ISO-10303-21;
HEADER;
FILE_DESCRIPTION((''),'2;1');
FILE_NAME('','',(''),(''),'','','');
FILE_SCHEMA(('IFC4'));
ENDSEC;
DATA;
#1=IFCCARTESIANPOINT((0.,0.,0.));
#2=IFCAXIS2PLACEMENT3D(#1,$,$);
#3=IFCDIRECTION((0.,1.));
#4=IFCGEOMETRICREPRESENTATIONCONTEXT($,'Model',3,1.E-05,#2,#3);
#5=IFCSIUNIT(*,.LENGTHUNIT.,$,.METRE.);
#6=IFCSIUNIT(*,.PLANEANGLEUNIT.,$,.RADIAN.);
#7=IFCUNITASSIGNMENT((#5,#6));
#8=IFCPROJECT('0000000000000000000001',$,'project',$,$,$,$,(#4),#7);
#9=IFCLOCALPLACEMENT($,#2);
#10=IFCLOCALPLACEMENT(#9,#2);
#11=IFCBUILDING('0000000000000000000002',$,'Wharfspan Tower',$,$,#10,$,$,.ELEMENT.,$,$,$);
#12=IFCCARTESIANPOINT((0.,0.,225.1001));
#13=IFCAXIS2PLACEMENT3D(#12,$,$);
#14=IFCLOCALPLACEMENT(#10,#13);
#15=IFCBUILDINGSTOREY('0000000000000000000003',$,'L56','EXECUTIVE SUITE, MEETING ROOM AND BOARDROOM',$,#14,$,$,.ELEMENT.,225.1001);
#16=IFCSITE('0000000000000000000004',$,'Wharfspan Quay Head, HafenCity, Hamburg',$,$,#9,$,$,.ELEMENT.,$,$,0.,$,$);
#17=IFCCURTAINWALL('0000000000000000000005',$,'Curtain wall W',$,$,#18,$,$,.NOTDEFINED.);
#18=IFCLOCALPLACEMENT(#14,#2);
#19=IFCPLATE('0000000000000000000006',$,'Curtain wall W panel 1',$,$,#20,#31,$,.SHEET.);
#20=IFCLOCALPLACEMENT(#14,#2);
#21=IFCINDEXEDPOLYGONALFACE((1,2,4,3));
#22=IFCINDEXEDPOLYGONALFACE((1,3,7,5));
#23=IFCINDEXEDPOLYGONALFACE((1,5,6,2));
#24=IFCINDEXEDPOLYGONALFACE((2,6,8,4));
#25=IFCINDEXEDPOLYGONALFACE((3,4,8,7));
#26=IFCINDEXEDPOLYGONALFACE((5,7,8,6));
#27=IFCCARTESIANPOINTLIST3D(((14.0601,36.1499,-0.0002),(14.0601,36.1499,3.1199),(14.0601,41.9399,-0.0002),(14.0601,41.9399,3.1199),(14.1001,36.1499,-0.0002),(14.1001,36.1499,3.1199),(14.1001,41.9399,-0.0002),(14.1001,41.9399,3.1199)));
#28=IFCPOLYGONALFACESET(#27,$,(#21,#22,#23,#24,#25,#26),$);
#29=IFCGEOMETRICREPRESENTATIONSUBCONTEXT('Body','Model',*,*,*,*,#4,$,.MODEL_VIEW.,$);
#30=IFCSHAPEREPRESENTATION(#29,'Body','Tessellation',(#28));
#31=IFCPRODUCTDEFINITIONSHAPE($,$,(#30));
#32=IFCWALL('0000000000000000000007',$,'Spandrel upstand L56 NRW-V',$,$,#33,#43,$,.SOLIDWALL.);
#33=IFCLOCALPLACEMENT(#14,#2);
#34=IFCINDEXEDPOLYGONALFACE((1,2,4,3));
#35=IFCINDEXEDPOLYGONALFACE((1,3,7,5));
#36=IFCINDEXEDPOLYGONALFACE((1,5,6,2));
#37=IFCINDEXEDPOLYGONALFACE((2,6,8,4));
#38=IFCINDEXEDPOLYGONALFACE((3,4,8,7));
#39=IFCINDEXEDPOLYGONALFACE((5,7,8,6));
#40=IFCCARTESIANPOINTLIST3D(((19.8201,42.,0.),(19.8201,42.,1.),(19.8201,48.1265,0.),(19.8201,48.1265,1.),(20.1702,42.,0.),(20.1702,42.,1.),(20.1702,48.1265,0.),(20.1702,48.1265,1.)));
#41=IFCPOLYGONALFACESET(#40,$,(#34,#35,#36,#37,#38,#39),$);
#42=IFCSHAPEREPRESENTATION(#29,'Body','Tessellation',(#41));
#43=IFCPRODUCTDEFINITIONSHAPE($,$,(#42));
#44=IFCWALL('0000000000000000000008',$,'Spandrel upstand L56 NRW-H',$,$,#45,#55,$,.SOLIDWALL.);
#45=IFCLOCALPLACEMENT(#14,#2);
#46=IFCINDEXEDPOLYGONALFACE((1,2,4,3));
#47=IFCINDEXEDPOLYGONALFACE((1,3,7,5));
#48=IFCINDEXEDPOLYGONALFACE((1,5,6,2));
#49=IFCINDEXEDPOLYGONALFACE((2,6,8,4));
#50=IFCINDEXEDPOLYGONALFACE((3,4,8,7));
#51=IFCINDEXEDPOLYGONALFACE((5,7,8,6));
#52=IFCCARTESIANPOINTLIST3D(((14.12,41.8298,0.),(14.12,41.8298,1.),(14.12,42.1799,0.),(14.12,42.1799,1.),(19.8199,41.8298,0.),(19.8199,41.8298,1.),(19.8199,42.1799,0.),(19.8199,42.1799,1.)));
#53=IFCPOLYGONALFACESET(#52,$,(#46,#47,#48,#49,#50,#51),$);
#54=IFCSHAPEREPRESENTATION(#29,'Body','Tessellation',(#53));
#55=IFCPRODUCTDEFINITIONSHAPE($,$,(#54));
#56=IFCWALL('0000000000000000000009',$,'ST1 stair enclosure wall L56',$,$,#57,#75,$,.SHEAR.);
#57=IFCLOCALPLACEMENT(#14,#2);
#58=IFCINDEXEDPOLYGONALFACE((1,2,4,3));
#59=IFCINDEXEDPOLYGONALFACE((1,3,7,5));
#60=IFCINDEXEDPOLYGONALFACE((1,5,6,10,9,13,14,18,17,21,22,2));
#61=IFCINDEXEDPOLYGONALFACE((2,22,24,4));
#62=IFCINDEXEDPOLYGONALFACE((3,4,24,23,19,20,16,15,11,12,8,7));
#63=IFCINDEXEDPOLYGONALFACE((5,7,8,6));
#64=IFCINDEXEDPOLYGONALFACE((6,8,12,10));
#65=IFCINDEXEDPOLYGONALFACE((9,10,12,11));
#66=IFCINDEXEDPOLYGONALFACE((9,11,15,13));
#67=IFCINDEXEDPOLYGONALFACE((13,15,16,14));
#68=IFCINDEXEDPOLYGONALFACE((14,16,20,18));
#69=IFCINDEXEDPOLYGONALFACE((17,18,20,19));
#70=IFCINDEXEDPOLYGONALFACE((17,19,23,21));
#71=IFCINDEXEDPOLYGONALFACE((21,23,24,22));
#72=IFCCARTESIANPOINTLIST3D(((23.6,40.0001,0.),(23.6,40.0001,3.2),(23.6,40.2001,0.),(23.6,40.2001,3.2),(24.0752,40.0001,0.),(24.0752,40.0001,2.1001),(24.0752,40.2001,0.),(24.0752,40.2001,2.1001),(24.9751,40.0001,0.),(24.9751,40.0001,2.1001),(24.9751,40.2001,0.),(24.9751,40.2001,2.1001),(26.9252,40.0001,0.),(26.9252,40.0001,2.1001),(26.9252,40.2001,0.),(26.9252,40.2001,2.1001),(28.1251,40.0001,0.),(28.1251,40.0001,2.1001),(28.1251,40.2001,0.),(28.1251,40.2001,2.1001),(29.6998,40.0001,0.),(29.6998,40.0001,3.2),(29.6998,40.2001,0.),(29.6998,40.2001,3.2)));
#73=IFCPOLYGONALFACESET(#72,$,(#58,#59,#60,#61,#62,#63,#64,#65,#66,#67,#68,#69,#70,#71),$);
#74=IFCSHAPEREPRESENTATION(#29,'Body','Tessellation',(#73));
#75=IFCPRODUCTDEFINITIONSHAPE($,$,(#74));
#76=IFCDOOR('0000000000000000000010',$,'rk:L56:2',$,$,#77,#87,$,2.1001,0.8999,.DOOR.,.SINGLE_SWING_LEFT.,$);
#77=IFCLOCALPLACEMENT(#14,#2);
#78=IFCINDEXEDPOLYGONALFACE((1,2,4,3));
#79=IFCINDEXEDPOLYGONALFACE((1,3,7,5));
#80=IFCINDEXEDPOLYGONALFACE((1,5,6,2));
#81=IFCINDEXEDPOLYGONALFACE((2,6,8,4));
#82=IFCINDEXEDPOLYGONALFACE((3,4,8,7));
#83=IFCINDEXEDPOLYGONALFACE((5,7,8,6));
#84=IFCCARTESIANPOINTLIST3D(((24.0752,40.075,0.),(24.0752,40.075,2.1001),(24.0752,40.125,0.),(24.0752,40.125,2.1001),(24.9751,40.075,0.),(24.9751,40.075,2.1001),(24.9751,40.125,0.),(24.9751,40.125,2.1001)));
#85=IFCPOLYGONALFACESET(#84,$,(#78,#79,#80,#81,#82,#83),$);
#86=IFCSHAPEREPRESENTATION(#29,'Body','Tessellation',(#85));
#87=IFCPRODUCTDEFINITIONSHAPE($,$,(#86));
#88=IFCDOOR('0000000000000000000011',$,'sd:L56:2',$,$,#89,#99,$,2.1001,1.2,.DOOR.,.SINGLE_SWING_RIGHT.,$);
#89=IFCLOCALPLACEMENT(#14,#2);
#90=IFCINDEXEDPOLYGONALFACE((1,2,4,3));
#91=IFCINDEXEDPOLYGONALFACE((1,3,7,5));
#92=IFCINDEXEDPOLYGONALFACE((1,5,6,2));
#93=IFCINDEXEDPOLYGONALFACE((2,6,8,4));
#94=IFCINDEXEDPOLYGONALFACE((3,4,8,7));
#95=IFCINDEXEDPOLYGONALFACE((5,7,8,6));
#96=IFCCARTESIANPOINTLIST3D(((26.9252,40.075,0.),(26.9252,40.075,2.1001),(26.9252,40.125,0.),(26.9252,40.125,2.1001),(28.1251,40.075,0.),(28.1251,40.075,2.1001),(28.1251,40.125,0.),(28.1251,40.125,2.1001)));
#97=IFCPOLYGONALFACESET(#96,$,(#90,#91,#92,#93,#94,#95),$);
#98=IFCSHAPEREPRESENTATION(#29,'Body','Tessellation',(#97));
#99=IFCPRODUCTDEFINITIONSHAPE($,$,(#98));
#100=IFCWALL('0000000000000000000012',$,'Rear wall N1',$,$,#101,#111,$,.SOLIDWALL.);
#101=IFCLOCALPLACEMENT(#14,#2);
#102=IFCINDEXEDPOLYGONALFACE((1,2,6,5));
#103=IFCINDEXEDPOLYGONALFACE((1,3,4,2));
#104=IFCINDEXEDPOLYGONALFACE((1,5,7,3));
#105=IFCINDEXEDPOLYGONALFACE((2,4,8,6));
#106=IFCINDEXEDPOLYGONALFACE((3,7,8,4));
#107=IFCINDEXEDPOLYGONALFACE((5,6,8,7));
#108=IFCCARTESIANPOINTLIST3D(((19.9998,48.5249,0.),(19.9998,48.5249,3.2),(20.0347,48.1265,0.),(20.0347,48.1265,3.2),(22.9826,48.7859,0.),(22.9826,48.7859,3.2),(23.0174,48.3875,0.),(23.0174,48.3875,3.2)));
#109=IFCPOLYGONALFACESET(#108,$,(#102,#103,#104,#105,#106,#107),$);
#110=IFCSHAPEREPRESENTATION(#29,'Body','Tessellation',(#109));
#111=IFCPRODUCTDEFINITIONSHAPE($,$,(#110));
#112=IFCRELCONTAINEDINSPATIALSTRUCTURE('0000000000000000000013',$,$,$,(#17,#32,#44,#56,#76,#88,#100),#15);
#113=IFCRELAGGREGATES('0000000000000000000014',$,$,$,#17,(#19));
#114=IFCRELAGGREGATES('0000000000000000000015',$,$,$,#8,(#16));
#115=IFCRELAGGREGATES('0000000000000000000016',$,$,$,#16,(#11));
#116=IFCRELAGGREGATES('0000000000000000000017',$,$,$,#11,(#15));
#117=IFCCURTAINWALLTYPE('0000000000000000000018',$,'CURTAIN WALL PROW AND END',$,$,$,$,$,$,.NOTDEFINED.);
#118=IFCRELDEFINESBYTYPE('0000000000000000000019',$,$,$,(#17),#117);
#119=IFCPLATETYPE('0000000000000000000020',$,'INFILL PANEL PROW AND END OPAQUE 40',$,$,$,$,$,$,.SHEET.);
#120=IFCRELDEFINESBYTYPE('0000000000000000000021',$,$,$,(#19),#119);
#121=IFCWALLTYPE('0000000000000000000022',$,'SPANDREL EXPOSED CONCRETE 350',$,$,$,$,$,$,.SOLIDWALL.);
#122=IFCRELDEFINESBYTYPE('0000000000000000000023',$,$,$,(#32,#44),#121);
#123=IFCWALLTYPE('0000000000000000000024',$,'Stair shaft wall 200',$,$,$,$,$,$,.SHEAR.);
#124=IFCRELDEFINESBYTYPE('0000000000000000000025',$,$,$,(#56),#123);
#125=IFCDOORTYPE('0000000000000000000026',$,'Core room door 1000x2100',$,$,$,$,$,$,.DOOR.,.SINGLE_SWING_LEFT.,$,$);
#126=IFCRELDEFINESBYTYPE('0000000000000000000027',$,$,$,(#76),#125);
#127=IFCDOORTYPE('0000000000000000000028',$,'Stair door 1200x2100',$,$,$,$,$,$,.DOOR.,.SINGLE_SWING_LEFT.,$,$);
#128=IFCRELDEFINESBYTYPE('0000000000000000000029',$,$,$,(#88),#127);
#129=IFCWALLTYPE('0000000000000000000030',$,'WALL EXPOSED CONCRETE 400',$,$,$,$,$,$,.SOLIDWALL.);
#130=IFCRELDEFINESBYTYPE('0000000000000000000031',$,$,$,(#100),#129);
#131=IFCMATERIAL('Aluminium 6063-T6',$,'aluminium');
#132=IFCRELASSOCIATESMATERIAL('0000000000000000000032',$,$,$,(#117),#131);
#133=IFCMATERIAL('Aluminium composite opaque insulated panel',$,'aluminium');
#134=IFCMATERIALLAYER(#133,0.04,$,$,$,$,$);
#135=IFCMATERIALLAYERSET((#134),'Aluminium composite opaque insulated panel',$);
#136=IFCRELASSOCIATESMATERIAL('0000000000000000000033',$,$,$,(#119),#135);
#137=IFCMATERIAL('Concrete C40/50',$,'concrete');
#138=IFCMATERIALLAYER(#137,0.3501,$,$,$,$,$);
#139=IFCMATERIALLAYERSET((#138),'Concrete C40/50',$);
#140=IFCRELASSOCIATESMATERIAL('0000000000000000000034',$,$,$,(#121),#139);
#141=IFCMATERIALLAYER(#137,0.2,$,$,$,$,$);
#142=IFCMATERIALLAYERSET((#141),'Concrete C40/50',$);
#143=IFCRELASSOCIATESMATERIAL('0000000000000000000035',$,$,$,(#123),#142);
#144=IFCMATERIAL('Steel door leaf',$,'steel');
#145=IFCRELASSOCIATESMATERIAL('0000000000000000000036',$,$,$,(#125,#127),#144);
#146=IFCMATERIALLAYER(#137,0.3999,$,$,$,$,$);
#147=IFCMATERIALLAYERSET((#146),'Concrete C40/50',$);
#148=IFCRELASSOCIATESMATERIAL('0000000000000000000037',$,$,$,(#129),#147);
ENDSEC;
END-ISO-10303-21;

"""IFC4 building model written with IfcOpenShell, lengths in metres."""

from ifc_helpers import new_model, si_unit, direction, frame, frame_2d, origin, origin_2d, place, context, subcontext, project, spatial, rectangle, extrude, material, layer, layer_set, type_object, element, fill, aggregate, save


model = new_model("IFC4")

# Units and contexts
model_context = context("Model", 3, precision=1e-05, world=origin(), true_north=direction((0.0, 1.0)))
body_context = subcontext(model_context, "Body", "Model", "MODEL_VIEW")
ifc_project = project(units=[si_unit("LENGTHUNIT", "METRE"), si_unit("PLANEANGLEUNIT", "RADIAN")], contexts=[model_context])

# Site, building, storey
site_placement = place(None, origin())
site = spatial("IfcSite", under=ifc_project, at=site_placement, Name="Wharfspan Quay Head, HafenCity, Hamburg", CompositionType="ELEMENT", RefElevation=0.0)
building_placement = place(site_placement, origin())
building = spatial("IfcBuilding", under=site, at=building_placement, Name="Wharfspan Tower", CompositionType="ELEMENT")
storey_placement = place(building_placement, frame((0.0, 0.0, 225.1001)))
storey = spatial("IfcBuildingStorey", under=building, at=storey_placement, Name="L56", Description="EXECUTIVE SUITE, MEETING ROOM AND BOARDROOM", CompositionType="ELEMENT", Elevation=225.1001)

# Curtain wall
ifc_material_1 = material(Name="Aluminium 6063-T6", Category="aluminium")
curtain_wall_type = type_object("IfcCurtainWallType", Name="CURTAIN WALL PROW AND END", PredefinedType="NOTDEFINED", material=ifc_material_1)
curtain_wall_1_placement = place(storey_placement, origin())
curtain_wall_1 = element("IfcCurtainWall", 1, at=curtain_wall_1_placement, inside=storey, type_object=curtain_wall_type, Name="Curtain wall W", PredefinedType="NOTDEFINED")

# Plate
ifc_material_2 = material(Name="Aluminium composite opaque insulated panel", Category="aluminium")
ifc_layer_1 = layer(ifc_material_2, 0.04)
ifc_layer_set_1 = layer_set([ifc_layer_1], Name="Aluminium composite opaque insulated panel")
plate_type_1 = type_object("IfcPlateType", Name="INFILL PANEL PROW AND END OPAQUE 40", PredefinedType="SHEET", material=ifc_layer_set_1)
plate_1_placement = place(storey_placement, frame((14.0801, 39.0449, -0.0002), z_axis=(0.0, 0.0, 1.0), x_axis=(0.0, -1.0, 0.0)))
plate_1 = element("IfcPlate", 2, at=plate_1_placement, type_object=plate_type_1, Name="Curtain wall W panel 1", PredefinedType="SHEET", context=body_context, shape_type="SweptSolid", body=[
    extrude(rectangle(XDim=5.79, YDim=0.04, at=origin_2d()), origin(), (0.0, 0.0, 1.0), 3.1201),
])
aggregate(curtain_wall_1, [plate_1])

# Walls
ifc_material_3 = material(Name="Concrete C40/50", Category="concrete")
ifc_layer_2 = layer(ifc_material_3, 0.3501)
ifc_layer_set_2 = layer_set([ifc_layer_2], Name="Concrete C40/50")
wall_type_1 = type_object("IfcWallType", Name="SPANDREL EXPOSED CONCRETE 350", PredefinedType="SOLIDWALL", material=ifc_layer_set_2)
wall_1_placement = place(storey_placement, frame((19.9951, 48.1265, 0.0), z_axis=(0.0, 0.0, 1.0), x_axis=(0.0, -1.0, 0.0)))
element("IfcWall", 3, at=wall_1_placement, inside=storey, type_object=wall_type_1, Name="Spandrel upstand L56 NRW-V", PredefinedType="SOLIDWALL", context=body_context, shape_type="SweptSolid", body=[
    extrude(rectangle(XDim=6.1265, YDim=0.3501, at=frame_2d((3.0632, 0.0))), origin(), (0.0, 0.0, 1.0), 1.0),
])
wall_2_placement = place(storey_placement, frame((19.8201, 42.0049, 0.0), z_axis=(0.0, 0.0, 1.0), x_axis=(-1.0, 0.0, 0.0)))
element("IfcWall", 4, at=wall_2_placement, inside=storey, type_object=wall_type_1, Name="Spandrel upstand L56 NRW-H", PredefinedType="SOLIDWALL", context=body_context, shape_type="SweptSolid", body=[
    extrude(rectangle(XDim=5.7, YDim=0.3501, at=frame_2d((2.8501, 0.0))), origin(), (0.0, 0.0, 1.0), 1.0),
])

# Wall, openings, doors
ifc_layer_3 = layer(ifc_material_3, 0.2)
ifc_layer_set_3 = layer_set([ifc_layer_3], Name="Concrete C40/50")
wall_type_2 = type_object("IfcWallType", Name="Stair shaft wall 200", PredefinedType="SHEAR", material=ifc_layer_set_3)
wall_3_placement = place(storey_placement, frame((23.6001, 40.1001, 0.0), z_axis=(0.0, 0.0, 1.0), x_axis=(1.0, 0.0, 0.0)))
wall_3 = element("IfcWall", 5, at=wall_3_placement, inside=storey, type_object=wall_type_2, Name="ST1 stair enclosure wall L56", PredefinedType="SHEAR", context=body_context, shape_type="SweptSolid", body=[
    extrude(rectangle(XDim=6.0999, YDim=0.2, at=frame_2d((3.0498, 0.0))), origin(), (0.0, 0.0, 1.0), 3.2),
])
opening_1_placement = place(wall_3_placement, frame((3.325, 0.0, 0.0)))
opening_1 = element("IfcOpeningElement", 6, at=opening_1_placement, cuts=wall_3, PredefinedType="OPENING", context=body_context, shape_type="SweptSolid", body=[
    extrude(rectangle(XDim=1.2, YDim=2.1001, at=frame_2d((0.6001, 1.05))), frame((0.0, 0.1099, 0.0), z_axis=(0.0, -1.0, 0.0), x_axis=(1.0, 0.0, 0.0)), (0.0, 0.0, 1.0), 0.22),
])
opening_2_placement = place(wall_3_placement, frame((0.4751, 0.0, 0.0)))
opening_2 = element("IfcOpeningElement", 7, at=opening_2_placement, cuts=wall_3, PredefinedType="OPENING", context=body_context, shape_type="SweptSolid", body=[
    extrude(rectangle(XDim=0.8999, YDim=2.1001, at=frame_2d((0.45, 1.05))), frame((0.0, 0.1099, 0.0), z_axis=(0.0, -1.0, 0.0), x_axis=(1.0, 0.0, 0.0)), (0.0, 0.0, 1.0), 0.22),
])
ifc_material_4 = material(Name="Steel door leaf", Category="steel")
door_type_1 = type_object("IfcDoorType", Name="Core room door 1000x2100", OperationType="SINGLE_SWING_LEFT", PredefinedType="DOOR", material=ifc_material_4)
door_1_placement = place(opening_2_placement, origin())
door_1 = element("IfcDoor", 8, at=door_1_placement, inside=storey, type_object=door_type_1, Name="rk:L56:2", OperationType="SINGLE_SWING_LEFT", OverallHeight=2.1001, OverallWidth=0.8999, PredefinedType="DOOR", context=body_context, shape_type="SweptSolid", body=[
    extrude(rectangle(XDim=0.8999, YDim=2.1001, at=frame_2d((0.45, 1.05))), frame((0.0, 0.0249, 0.0), z_axis=(0.0, -1.0, 0.0), x_axis=(1.0, 0.0, 0.0)), (0.0, 0.0, 1.0), 0.05),
])
fill(opening_2, door_1)
door_type_2 = type_object("IfcDoorType", Name="Stair door 1200x2100", OperationType="SINGLE_SWING_LEFT", PredefinedType="DOOR", material=ifc_material_4)
door_2_placement = place(opening_1_placement, origin())
door_2 = element("IfcDoor", 9, at=door_2_placement, inside=storey, type_object=door_type_2, Name="sd:L56:2", OperationType="SINGLE_SWING_RIGHT", OverallHeight=2.1001, OverallWidth=1.2, PredefinedType="DOOR", context=body_context, shape_type="SweptSolid", body=[
    extrude(rectangle(XDim=1.2, YDim=2.1001, at=frame_2d((0.6001, 1.05))), frame((0.0, 0.0249, 0.0), z_axis=(0.0, -1.0, 0.0), x_axis=(1.0, 0.0, 0.0)), (0.0, 0.0, 1.0), 0.05),
])
fill(opening_1, door_2)

# Wall
ifc_layer_4 = layer(ifc_material_3, 0.3999)
ifc_layer_set_4 = layer_set([ifc_layer_4], Name="Concrete C40/50")
wall_type_3 = type_object("IfcWallType", Name="WALL EXPOSED CONCRETE 400", PredefinedType="SOLIDWALL", material=ifc_layer_set_4)
wall_4_placement = place(storey_placement, frame((23.0, 48.5867, 0.0), z_axis=(0.0, 0.0, 1.0), x_axis=(-0.996194, -0.087168, 0.0)))
element("IfcWall", 10, at=wall_4_placement, inside=storey, type_object=wall_type_3, Name="Rear wall N1", PredefinedType="SOLIDWALL", context=body_context, shape_type="SweptSolid", body=[
    extrude(rectangle(XDim=2.9941, YDim=0.3999, at=frame_2d((1.4971, 0.0))), origin(), (0.0, 0.0, 1.0), 3.2),
])

save(model, "model.ifc")
